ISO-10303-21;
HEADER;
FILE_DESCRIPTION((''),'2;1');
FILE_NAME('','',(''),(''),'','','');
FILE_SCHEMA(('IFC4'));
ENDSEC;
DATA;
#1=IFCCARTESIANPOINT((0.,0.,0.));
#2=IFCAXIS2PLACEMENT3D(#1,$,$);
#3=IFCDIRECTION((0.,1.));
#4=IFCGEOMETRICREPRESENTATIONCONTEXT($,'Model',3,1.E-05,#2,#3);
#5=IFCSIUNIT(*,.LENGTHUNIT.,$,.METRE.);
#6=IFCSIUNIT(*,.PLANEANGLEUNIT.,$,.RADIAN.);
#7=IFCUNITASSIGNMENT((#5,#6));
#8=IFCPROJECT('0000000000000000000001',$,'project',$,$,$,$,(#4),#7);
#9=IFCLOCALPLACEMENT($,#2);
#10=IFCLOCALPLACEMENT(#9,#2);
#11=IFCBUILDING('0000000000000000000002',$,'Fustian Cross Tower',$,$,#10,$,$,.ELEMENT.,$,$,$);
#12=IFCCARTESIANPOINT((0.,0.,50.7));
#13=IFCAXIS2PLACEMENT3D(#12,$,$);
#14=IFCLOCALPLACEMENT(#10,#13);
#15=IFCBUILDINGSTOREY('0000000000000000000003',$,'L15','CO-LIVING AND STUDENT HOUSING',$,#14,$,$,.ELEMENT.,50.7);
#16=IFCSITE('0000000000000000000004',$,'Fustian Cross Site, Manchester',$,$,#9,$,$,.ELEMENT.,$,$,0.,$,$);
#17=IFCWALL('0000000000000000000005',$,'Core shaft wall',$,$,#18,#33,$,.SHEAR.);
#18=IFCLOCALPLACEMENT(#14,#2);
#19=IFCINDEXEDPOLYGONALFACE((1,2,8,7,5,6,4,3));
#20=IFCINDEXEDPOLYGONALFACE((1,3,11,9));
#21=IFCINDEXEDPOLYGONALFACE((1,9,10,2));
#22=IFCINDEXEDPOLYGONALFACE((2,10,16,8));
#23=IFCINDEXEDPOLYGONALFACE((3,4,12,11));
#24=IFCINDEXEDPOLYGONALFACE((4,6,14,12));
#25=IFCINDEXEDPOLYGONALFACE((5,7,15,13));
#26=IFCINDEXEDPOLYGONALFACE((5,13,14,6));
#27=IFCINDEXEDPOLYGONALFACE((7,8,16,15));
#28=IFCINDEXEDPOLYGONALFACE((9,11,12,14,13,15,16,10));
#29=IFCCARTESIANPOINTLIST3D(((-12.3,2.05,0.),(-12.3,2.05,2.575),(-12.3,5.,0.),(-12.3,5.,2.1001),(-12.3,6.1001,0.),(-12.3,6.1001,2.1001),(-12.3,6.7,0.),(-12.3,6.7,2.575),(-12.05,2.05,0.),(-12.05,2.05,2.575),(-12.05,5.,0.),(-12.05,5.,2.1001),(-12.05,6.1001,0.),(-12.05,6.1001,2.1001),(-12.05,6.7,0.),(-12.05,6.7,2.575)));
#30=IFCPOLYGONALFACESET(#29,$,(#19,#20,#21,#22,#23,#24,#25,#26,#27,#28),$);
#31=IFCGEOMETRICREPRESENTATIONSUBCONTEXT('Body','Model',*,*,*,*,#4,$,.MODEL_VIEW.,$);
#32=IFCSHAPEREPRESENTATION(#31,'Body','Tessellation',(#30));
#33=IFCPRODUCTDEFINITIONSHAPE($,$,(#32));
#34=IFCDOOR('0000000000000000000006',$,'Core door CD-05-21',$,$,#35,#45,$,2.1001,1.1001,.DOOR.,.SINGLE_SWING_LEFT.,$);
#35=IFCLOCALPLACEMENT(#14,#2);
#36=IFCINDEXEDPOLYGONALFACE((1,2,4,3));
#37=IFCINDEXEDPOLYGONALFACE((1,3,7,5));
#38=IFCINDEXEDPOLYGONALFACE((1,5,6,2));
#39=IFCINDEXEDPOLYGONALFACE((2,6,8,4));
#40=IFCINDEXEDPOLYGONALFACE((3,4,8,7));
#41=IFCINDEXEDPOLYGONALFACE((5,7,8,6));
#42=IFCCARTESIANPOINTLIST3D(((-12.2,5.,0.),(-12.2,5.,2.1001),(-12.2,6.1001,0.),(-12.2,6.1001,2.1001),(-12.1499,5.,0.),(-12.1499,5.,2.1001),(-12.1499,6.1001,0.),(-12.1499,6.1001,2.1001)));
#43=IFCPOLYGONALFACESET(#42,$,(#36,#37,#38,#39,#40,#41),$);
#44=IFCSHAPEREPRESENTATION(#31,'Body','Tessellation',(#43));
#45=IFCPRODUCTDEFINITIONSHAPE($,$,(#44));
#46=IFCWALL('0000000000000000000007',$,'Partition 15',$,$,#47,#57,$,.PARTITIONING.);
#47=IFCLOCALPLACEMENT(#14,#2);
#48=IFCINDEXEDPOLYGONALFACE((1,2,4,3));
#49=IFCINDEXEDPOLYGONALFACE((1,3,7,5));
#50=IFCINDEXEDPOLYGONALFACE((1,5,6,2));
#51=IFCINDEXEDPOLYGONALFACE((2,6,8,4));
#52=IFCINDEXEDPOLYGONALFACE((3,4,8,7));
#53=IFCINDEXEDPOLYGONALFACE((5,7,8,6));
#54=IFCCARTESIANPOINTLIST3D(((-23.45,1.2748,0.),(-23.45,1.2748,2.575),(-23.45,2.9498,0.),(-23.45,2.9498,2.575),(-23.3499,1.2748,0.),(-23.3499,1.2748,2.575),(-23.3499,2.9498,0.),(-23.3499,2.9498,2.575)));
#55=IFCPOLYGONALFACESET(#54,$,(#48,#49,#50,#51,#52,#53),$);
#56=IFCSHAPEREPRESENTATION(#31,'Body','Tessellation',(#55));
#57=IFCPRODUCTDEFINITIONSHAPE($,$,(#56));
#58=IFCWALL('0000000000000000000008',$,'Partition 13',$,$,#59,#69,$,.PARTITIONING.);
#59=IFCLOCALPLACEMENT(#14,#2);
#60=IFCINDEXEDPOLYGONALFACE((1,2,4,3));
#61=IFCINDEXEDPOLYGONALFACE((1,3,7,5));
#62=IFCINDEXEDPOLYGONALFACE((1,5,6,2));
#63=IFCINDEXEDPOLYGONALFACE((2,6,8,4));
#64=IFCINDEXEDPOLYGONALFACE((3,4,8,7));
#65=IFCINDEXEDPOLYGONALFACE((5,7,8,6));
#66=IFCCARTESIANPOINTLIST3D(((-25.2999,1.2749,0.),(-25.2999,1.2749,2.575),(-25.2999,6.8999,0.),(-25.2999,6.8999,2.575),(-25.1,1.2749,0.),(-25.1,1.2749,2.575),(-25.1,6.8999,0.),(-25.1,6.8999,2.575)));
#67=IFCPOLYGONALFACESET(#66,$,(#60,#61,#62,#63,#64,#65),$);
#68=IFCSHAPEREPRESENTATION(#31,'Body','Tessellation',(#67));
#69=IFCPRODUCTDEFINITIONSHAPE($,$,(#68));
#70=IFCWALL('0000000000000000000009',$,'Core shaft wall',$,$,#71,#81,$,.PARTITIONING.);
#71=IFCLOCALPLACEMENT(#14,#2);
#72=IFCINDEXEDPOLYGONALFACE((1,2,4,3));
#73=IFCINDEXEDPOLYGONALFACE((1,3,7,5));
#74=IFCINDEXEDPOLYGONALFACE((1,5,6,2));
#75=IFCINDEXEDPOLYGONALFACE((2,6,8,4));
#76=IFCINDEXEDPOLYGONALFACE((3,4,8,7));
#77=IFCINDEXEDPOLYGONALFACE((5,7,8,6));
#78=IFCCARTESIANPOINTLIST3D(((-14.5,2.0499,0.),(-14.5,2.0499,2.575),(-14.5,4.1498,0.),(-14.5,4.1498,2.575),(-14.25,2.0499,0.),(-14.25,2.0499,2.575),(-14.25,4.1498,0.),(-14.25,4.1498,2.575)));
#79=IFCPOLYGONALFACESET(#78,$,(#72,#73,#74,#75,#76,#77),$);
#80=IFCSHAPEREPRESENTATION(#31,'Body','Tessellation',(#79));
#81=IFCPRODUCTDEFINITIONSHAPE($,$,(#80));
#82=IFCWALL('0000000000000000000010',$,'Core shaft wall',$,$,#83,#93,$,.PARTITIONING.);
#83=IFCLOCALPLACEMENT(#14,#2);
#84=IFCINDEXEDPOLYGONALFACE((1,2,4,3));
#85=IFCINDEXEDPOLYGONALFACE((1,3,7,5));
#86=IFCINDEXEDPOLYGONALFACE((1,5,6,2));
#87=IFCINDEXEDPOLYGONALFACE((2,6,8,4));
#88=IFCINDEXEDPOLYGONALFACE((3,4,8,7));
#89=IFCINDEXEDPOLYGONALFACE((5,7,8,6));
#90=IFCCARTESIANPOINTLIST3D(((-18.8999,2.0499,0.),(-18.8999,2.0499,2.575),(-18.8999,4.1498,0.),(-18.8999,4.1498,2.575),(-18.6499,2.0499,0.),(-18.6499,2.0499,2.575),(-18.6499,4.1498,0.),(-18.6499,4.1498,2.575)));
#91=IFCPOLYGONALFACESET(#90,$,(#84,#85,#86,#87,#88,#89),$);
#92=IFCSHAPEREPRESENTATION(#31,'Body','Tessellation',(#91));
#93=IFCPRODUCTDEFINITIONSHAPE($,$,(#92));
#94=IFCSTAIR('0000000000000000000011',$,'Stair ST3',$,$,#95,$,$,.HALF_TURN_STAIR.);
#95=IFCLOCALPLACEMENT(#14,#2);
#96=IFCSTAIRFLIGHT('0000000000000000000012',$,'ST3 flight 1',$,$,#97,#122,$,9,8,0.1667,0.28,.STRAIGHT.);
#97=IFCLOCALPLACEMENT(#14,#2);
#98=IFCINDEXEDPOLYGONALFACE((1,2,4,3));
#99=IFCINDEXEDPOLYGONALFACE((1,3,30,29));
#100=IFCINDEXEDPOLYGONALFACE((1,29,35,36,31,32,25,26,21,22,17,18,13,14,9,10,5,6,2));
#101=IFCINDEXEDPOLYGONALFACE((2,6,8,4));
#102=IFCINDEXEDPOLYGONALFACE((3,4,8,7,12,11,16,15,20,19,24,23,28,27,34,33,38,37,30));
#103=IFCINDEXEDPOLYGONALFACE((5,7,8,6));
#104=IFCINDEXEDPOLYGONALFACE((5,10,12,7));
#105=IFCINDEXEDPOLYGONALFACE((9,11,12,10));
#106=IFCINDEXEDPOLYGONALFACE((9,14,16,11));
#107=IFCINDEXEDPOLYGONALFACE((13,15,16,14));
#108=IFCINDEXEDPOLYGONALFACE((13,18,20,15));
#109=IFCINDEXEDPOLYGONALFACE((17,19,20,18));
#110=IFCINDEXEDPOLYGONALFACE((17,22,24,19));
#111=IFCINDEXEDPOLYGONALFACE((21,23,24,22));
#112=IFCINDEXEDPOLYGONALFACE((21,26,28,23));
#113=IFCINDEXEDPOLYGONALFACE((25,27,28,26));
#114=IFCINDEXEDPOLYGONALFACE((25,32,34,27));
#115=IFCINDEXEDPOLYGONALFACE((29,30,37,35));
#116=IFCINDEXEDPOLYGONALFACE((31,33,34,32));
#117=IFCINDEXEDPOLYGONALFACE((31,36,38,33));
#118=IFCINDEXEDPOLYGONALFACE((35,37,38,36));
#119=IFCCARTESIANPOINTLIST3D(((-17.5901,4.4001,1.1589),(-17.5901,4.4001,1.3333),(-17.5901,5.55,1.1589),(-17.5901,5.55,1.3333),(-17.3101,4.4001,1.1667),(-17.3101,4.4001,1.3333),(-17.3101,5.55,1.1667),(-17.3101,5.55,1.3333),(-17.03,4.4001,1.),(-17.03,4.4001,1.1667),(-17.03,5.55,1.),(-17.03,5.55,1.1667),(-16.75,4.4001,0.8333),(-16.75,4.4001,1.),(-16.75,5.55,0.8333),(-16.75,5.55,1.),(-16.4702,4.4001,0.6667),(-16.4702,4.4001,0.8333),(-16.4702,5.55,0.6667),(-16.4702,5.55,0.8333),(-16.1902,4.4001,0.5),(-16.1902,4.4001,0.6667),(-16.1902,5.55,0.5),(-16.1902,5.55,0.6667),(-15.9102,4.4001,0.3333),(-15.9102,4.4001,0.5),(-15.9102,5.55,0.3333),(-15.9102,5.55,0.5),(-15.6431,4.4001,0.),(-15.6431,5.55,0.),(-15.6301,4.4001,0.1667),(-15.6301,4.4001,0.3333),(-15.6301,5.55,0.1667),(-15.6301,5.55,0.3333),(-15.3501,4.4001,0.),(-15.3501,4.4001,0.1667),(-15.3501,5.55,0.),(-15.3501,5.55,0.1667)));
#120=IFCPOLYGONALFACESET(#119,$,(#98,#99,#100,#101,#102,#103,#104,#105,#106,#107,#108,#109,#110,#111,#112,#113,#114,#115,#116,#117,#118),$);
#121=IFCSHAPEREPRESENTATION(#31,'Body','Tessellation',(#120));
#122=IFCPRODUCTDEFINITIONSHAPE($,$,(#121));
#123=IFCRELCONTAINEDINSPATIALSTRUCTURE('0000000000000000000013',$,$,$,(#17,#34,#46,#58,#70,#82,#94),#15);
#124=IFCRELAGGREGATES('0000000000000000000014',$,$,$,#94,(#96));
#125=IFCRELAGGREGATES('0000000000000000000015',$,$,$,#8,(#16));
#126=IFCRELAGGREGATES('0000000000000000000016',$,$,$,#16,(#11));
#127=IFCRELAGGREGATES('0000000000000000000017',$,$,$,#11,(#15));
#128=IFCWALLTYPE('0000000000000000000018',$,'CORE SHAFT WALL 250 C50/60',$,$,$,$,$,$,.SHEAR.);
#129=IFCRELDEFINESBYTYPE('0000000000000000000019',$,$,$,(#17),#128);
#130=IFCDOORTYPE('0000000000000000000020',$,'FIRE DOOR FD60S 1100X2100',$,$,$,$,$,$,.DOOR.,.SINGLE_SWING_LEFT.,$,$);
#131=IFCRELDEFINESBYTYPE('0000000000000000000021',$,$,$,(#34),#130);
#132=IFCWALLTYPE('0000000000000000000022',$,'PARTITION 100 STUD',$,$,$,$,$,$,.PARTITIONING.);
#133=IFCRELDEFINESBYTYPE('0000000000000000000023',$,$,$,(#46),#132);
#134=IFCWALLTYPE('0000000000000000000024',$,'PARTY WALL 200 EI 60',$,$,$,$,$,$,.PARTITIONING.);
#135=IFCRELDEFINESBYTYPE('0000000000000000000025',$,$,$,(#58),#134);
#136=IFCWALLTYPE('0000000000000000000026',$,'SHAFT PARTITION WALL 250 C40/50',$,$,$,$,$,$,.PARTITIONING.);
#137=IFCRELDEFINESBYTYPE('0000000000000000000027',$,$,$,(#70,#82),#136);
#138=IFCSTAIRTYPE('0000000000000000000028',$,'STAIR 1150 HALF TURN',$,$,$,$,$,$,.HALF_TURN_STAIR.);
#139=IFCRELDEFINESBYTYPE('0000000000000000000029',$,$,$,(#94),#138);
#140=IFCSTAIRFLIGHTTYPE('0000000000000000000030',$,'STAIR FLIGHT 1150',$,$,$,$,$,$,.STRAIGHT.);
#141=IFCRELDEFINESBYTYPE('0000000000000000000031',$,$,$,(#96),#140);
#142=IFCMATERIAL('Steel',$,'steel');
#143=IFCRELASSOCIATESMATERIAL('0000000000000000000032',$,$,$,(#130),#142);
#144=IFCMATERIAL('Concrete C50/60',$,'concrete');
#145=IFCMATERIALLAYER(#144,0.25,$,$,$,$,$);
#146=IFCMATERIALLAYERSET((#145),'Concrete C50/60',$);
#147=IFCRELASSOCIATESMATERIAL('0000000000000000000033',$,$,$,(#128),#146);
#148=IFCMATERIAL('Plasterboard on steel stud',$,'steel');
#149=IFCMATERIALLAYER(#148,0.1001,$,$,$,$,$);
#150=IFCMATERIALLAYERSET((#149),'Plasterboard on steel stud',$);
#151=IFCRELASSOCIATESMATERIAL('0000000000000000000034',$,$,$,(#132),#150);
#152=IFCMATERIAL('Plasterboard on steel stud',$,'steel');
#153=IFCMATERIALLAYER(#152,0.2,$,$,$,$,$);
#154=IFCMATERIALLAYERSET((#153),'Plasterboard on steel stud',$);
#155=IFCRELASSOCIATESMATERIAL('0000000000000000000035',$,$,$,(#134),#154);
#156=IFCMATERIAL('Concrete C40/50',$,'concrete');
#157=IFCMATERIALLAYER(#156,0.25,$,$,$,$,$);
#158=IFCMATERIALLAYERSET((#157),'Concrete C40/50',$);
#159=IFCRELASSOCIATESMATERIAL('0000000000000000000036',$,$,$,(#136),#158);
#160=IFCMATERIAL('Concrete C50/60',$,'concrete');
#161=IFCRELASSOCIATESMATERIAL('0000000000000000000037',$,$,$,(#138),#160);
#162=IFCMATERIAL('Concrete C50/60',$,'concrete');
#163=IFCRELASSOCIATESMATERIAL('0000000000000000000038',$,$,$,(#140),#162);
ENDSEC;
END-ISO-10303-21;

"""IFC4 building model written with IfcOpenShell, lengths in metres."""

from ifc_helpers import new_model, si_unit, direction, frame, frame_2d, origin, place, context, subcontext, project, spatial, polyline, rectangle, outline, extrude, material, layer, layer_set, type_object, element, fill, aggregate, save


model = new_model("IFC4")

# Units and contexts
model_context = context("Model", 3, precision=1e-05, world=origin(), true_north=direction((0.0, 1.0)))
body_context = subcontext(model_context, "Body", "Model", "MODEL_VIEW")
ifc_project = project(units=[si_unit("LENGTHUNIT", "METRE"), si_unit("PLANEANGLEUNIT", "RADIAN")], contexts=[model_context])

# Site, building, storey
site_placement = place(None, origin())
site = spatial("IfcSite", under=ifc_project, at=site_placement, Name="Fustian Cross Site, Manchester", CompositionType="ELEMENT", RefElevation=0.0)
building_placement = place(site_placement, origin())
building = spatial("IfcBuilding", under=site, at=building_placement, Name="Fustian Cross Tower", CompositionType="ELEMENT")
storey_placement = place(building_placement, frame((0.0, 0.0, 50.7)))
storey = spatial("IfcBuildingStorey", under=building, at=storey_placement, Name="L15", Description="CO-LIVING AND STUDENT HOUSING", CompositionType="ELEMENT", Elevation=50.7)

# Shared definitions
ifc_material_1 = material(Name="Steel", Category="steel")
door_type_1 = type_object("IfcDoorType", Name="FIRE DOOR FD60S 1100X2100", OperationType="SINGLE_SWING_LEFT", PredefinedType="DOOR", material=ifc_material_1)

# Shared definitions
ifc_material_2 = material(Name="Concrete C50/60", Category="concrete")
ifc_layer_1 = layer(ifc_material_2, 0.25)
ifc_layer_set_1 = layer_set([ifc_layer_1], Name="Concrete C50/60")
wall_type_1 = type_object("IfcWallType", Name="CORE SHAFT WALL 250 C50/60", PredefinedType="SHEAR", material=ifc_layer_set_1)

# Wall, opening, door
wall_1_placement = place(storey_placement, frame((-12.175, 2.05, 0.0), z_axis=(0.0, 0.0, 1.0), x_axis=(0.0, 1.0, 0.0)))
wall_1 = element("IfcWall", 1, at=wall_1_placement, inside=storey, type_object=wall_type_1, Name="Core shaft wall", PredefinedType="SHEAR", context=body_context, shape_type="SweptSolid", body=[
    extrude(rectangle(XDim=4.6499, YDim=0.25, at=frame_2d((2.325, 0.0))), origin(), (0.0, 0.0, 1.0), 2.575),
])
opening_1_placement = place(wall_1_placement, frame((2.95, 0.0, 0.0)))
opening_1 = element("IfcOpeningElement", 2, at=opening_1_placement, cuts=wall_1, PredefinedType="OPENING", context=body_context, shape_type="SweptSolid", body=[
    extrude(rectangle(XDim=1.1001, YDim=2.1001, at=frame_2d((0.55, 1.05))), frame((0.0, 0.135, 0.0), z_axis=(0.0, -1.0, 0.0), x_axis=(1.0, 0.0, 0.0)), (0.0, 0.0, 1.0), 0.27),
])
door_1_placement = place(opening_1_placement, origin())
door_1 = element("IfcDoor", 3, at=door_1_placement, inside=storey, type_object=door_type_1, Name="Core door CD-05-21", OperationType="SINGLE_SWING_LEFT", OverallHeight=2.1001, OverallWidth=1.1001, PredefinedType="DOOR", context=body_context, shape_type="SweptSolid", body=[
    extrude(rectangle(XDim=1.1001, YDim=2.1001, at=frame_2d((0.55, 1.05))), frame((0.0, 0.0249, 0.0), z_axis=(0.0, -1.0, 0.0), x_axis=(1.0, 0.0, 0.0)), (0.0, 0.0, 1.0), 0.05),
])
fill(opening_1, door_1)

# Walls
ifc_material_3 = material(Name="Plasterboard on steel stud", Category="steel")
ifc_layer_2 = layer(ifc_material_3, 0.1001)
ifc_layer_set_2 = layer_set([ifc_layer_2], Name="Plasterboard on steel stud")
wall_type_2 = type_object("IfcWallType", Name="PARTITION 100 STUD", PredefinedType="PARTITIONING", material=ifc_layer_set_2)
wall_2_placement = place(storey_placement, frame((-23.3999, 1.2749, 0.0), z_axis=(0.0, 0.0, 1.0), x_axis=(0.0, 1.0, 0.0)))
element("IfcWall", 4, at=wall_2_placement, inside=storey, type_object=wall_type_2, Name="Partition 15", PredefinedType="PARTITIONING", context=body_context, shape_type="SweptSolid", body=[
    extrude(rectangle(XDim=1.675, YDim=0.1001, at=frame_2d((0.8374, 0.0))), origin(), (0.0, 0.0, 1.0), 2.575),
])
ifc_material_4 = material(Name="Plasterboard on steel stud", Category="steel")
ifc_layer_3 = layer(ifc_material_4, 0.2)
ifc_layer_set_3 = layer_set([ifc_layer_3], Name="Plasterboard on steel stud")
wall_type_3 = type_object("IfcWallType", Name="PARTY WALL 200 EI 60", PredefinedType="PARTITIONING", material=ifc_layer_set_3)
wall_3_placement = place(storey_placement, frame((-25.2, 1.2749, 0.0), z_axis=(0.0, 0.0, 1.0), x_axis=(0.0, 1.0, 0.0)))
element("IfcWall", 5, at=wall_3_placement, inside=storey, type_object=wall_type_3, Name="Partition 13", PredefinedType="PARTITIONING", context=body_context, shape_type="SweptSolid", body=[
    extrude(rectangle(XDim=5.625, YDim=0.2, at=frame_2d((2.8125, 0.0))), origin(), (0.0, 0.0, 1.0), 2.575),
])
ifc_material_5 = material(Name="Concrete C40/50", Category="concrete")
ifc_layer_4 = layer(ifc_material_5, 0.25)
ifc_layer_set_4 = layer_set([ifc_layer_4], Name="Concrete C40/50")
wall_type_4 = type_object("IfcWallType", Name="SHAFT PARTITION WALL 250 C40/50", PredefinedType="PARTITIONING", material=ifc_layer_set_4)
for number, where, z_axis, x_axis, name in (
    (6, (-14.375, 2.05, 0.0), (0.0, 0.0, 1.0), (0.0, 1.0, 0.0), "Core shaft wall"),
    (7, (-18.7749, 2.05, 0.0), (0.0, 0.0, 1.0), (0.0, 1.0, 0.0), "Core shaft wall"),
):
    element("IfcWall", number, at=place(storey_placement, frame(where, z_axis=z_axis, x_axis=x_axis)), inside=storey, type_object=wall_type_4, Name=name, PredefinedType="PARTITIONING", context=body_context, shape_type="SweptSolid", body=[
        extrude(rectangle(XDim=2.0999, YDim=0.25, at=frame_2d((1.0498, 0.0))), origin(), (0.0, 0.0, 1.0), 2.575),
    ])

# Stair, stair flight
ifc_material_6 = material(Name="Concrete C50/60", Category="concrete")
stair_type = type_object("IfcStairType", Name="STAIR 1150 HALF TURN", PredefinedType="HALF_TURN_STAIR", material=ifc_material_6)
stair_placement = place(storey_placement, origin())
stair = element("IfcStair", 8, at=stair_placement, inside=storey, type_object=stair_type, Name="Stair ST3", PredefinedType="HALF_TURN_STAIR")
ifc_material_7 = material(Name="Concrete C50/60", Category="concrete")
stair_flight_type = type_object("IfcStairFlightType", Name="STAIR FLIGHT 1150", PredefinedType="STRAIGHT", material=ifc_material_7)
stair_flight_placement = place(storey_placement, frame((-15.3501, 4.9751, 0.0), z_axis=(0.0, 0.0, 1.0), x_axis=(-1.0, 0.0, 0.0)))
stair_flight = element("IfcStairFlight", 9, at=stair_flight_placement, type_object=stair_flight_type, Name="ST3 flight 1", NumberOfRisers=9, NumberOfTreads=8, PredefinedType="STRAIGHT", RiserHeight=0.1667, TreadLength=0.28, context=body_context, shape_type="SweptSolid", body=[
    extrude(outline(polyline([(0.0, 0.0), (0.0, 0.1667), (0.28, 0.1667), (0.28, 0.3333), (0.5601, 0.3333), (0.5601, 0.5), (0.8401, 0.5), (0.8401, 0.6667), (1.1201, 0.6667), (1.1201, 0.8333), (1.3999, 0.8333), (1.3999, 1.0), (1.6799, 1.0), (1.6799, 1.1667), (1.96, 1.1667), (1.96, 1.3333), (2.24, 1.3333), (2.24, 1.5), (2.24, 1.1589), (0.293, 0.0), (0.0, 0.0)])), frame((0.0, 0.575, 0.0), z_axis=(0.0, -1.0, 0.0), x_axis=(1.0, 0.0, 0.0)), (0.0, 0.0, 1.0), 1.1499),
])
aggregate(stair, [stair_flight])

save(model, "model.ifc")
